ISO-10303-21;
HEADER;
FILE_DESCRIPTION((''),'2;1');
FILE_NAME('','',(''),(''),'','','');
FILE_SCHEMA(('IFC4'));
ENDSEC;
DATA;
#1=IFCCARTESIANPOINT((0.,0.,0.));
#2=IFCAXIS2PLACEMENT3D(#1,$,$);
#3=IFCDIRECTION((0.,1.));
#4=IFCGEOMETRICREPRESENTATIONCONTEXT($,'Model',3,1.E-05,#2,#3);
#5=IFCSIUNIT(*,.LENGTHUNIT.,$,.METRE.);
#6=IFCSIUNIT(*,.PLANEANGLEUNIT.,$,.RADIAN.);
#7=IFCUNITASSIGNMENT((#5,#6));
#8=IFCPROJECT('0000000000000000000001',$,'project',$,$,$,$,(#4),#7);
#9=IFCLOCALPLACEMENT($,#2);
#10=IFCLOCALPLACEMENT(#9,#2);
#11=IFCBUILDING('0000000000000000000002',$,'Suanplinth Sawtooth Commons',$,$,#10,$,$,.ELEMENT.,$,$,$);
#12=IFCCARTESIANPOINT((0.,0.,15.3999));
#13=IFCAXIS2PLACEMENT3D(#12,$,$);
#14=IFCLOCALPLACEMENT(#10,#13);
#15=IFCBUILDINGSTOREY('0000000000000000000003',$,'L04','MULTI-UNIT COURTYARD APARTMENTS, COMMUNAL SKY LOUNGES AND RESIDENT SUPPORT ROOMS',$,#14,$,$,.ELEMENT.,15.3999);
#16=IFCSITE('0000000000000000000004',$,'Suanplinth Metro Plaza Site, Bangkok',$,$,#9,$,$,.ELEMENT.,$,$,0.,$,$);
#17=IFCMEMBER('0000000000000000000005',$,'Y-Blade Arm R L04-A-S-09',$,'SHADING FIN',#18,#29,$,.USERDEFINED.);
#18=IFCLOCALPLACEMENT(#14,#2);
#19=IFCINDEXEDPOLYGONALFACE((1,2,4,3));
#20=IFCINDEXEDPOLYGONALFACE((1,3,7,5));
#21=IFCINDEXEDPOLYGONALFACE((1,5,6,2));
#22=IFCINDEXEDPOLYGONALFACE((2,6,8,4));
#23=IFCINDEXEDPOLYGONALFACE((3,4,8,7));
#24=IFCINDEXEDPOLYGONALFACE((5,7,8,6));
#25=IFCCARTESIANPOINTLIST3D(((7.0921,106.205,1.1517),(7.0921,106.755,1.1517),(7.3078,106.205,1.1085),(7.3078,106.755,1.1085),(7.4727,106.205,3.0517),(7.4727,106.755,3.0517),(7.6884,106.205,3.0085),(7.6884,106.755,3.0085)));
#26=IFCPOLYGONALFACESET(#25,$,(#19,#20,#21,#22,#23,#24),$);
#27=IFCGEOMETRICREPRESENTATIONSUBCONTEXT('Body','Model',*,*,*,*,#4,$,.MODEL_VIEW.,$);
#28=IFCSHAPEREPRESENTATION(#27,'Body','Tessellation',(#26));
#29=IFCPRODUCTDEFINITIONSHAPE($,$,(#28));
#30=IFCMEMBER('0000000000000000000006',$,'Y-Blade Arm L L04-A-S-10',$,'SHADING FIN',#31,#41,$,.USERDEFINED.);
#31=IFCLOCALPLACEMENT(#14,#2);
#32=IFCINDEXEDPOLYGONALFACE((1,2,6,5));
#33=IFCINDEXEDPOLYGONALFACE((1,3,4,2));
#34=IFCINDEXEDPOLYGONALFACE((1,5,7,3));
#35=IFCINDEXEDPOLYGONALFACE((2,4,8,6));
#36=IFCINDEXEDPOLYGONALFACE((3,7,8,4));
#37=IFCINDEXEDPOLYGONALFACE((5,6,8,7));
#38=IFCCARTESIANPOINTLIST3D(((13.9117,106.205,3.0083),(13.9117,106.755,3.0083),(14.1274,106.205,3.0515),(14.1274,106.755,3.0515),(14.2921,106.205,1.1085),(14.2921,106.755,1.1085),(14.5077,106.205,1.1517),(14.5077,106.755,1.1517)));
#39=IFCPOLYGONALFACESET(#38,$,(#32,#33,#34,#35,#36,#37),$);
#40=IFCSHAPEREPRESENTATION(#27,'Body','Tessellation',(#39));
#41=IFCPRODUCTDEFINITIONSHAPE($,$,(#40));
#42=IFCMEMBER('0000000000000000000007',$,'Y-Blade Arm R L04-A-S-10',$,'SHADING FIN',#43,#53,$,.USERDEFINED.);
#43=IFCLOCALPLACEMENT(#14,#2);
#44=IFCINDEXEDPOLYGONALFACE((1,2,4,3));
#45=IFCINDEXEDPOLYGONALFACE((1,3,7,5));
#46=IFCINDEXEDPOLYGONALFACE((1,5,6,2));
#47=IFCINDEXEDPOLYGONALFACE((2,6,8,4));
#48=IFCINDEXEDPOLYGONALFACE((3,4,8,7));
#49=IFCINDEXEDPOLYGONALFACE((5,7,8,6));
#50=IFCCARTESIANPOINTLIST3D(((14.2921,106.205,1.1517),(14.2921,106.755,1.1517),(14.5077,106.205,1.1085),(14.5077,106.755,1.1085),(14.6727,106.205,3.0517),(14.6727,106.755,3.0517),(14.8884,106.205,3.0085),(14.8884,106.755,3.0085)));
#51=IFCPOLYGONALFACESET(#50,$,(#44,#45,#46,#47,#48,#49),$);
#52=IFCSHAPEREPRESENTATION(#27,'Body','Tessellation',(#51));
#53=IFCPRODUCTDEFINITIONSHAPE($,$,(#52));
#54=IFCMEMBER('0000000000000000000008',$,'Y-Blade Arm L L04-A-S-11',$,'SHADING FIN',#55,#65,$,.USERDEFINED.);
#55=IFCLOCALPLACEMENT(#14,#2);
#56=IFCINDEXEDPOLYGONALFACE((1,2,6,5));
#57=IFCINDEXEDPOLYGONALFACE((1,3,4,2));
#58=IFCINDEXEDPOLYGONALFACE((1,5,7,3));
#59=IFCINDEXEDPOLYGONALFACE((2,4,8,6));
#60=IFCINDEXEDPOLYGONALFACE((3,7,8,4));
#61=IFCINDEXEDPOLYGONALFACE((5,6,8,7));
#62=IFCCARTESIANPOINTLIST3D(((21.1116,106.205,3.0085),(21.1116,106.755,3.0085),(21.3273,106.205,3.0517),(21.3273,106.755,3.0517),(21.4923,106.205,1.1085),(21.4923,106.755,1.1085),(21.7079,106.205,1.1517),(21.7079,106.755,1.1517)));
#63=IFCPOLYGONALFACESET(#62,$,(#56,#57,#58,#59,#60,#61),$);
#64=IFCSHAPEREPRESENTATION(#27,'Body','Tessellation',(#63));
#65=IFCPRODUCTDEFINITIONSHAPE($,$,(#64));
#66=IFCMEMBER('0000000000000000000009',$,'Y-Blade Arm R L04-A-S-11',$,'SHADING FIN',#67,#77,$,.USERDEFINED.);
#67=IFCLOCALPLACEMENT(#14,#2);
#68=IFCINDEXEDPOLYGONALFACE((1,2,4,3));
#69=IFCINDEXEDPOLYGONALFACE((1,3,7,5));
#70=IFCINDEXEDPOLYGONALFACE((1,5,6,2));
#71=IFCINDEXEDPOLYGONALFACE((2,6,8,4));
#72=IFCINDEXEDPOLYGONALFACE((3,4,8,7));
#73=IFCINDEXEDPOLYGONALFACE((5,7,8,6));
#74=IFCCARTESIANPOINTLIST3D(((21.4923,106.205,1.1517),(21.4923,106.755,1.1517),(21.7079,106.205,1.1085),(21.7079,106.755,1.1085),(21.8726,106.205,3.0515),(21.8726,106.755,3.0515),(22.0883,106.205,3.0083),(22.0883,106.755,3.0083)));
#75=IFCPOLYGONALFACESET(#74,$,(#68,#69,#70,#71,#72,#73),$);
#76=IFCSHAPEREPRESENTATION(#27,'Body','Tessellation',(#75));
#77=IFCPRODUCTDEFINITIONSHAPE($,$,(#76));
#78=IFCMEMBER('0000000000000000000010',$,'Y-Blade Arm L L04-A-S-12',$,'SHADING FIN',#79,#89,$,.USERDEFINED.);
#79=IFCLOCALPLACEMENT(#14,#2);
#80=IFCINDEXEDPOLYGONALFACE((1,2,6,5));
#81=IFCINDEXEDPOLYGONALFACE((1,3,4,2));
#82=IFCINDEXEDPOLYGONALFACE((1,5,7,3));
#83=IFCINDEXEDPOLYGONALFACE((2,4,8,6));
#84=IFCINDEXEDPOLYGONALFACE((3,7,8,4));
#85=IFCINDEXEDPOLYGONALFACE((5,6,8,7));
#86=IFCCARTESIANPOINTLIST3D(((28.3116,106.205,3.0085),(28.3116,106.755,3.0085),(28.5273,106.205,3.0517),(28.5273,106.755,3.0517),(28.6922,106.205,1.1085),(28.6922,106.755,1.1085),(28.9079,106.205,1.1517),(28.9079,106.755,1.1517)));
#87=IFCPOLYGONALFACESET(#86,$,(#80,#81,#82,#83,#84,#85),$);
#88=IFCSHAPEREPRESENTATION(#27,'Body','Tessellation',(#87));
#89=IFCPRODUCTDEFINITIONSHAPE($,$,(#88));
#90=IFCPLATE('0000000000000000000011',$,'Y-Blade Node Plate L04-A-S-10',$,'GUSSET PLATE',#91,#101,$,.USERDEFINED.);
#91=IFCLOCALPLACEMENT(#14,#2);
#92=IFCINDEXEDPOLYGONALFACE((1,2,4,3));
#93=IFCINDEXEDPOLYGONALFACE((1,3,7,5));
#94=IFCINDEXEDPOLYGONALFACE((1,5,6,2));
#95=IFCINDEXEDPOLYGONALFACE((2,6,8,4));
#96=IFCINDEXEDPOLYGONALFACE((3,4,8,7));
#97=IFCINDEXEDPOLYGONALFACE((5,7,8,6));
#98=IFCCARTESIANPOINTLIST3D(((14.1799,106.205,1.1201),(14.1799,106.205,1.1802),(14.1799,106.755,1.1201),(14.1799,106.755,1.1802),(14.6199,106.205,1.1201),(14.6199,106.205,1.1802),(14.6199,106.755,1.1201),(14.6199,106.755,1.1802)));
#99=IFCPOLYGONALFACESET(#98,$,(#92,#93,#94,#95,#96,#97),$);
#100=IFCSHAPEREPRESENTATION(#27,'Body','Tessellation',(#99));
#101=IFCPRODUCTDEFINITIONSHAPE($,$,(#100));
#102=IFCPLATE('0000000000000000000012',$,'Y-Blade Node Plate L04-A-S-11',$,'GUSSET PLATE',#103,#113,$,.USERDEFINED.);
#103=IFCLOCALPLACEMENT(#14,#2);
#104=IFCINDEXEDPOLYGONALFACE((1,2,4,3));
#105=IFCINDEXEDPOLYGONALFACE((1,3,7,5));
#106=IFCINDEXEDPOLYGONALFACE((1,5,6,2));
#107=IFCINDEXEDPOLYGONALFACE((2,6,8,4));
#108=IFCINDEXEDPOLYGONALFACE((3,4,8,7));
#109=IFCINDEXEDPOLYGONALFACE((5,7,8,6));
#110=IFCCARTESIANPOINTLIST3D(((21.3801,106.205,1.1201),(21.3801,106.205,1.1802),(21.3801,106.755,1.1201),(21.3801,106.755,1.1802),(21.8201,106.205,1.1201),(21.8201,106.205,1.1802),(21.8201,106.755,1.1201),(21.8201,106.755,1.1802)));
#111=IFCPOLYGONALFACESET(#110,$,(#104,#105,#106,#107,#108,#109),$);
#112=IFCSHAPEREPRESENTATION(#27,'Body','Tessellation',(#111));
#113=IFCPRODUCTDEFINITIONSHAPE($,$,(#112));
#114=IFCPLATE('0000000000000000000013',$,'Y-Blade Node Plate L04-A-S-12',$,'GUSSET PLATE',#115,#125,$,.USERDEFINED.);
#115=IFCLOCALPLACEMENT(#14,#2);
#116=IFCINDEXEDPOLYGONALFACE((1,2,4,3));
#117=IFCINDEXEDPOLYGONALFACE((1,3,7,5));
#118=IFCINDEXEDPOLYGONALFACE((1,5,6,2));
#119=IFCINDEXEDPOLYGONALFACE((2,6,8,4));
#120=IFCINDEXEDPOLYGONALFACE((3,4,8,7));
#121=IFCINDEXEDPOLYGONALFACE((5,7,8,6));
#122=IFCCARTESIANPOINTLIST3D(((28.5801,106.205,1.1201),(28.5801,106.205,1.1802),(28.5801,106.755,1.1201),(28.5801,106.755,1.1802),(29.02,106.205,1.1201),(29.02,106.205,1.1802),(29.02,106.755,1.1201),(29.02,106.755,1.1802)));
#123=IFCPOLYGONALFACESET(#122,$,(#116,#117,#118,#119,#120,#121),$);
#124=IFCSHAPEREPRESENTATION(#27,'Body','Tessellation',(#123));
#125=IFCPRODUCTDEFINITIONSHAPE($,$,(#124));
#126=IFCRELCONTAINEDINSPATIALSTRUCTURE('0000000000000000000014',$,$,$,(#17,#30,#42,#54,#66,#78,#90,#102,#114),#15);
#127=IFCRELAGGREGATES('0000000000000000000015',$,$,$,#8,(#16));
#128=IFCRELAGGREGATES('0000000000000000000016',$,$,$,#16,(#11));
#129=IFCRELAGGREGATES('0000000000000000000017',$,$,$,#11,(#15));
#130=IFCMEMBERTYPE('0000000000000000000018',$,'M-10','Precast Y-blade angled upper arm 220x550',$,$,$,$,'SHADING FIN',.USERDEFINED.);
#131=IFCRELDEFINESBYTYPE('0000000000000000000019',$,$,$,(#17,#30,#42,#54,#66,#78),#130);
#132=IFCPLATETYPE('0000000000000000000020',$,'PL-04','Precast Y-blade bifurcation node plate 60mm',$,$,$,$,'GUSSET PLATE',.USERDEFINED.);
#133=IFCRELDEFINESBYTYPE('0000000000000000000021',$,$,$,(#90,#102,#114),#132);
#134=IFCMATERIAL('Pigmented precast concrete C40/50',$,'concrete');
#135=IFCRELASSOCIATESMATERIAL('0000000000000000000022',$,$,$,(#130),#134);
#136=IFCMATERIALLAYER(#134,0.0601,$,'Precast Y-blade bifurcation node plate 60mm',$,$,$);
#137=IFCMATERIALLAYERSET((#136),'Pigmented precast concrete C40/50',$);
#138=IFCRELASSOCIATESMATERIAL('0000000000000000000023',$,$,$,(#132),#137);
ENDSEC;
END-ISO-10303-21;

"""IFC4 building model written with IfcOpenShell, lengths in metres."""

from ifc_helpers import new_model, si_unit, direction, frame, origin, origin_2d, place, context, subcontext, project, spatial, rectangle, extrude, material, layer, layer_set, material_profile, profile_set, type_object, element, save


model = new_model("IFC4")

# Units and contexts
model_context = context("Model", 3, precision=1e-05, world=origin(), true_north=direction((0.0, 1.0)))
body_context = subcontext(model_context, "Body", "Model", "MODEL_VIEW")
ifc_project = project(units=[si_unit("LENGTHUNIT", "METRE"), si_unit("PLANEANGLEUNIT", "RADIAN")], contexts=[model_context])

# Site, building, storey
site_placement = place(None, origin())
site = spatial("IfcSite", under=ifc_project, at=site_placement, Name="Suanplinth Metro Plaza Site, Bangkok", CompositionType="ELEMENT", RefElevation=0.0)
building_placement = place(site_placement, origin())
building = spatial("IfcBuilding", under=site, at=building_placement, Name="Suanplinth Sawtooth Commons", CompositionType="ELEMENT")
storey_placement = place(building_placement, frame((0.0, 0.0, 15.3999)))
storey = spatial("IfcBuildingStorey", under=building, at=storey_placement, Name="L04", Description="MULTI-UNIT COURTYARD APARTMENTS, COMMUNAL SKY LOUNGES AND RESIDENT SUPPORT ROOMS", CompositionType="ELEMENT", Elevation=15.3999)

# Members
ifc_material_1 = material(Name="Pigmented precast concrete C40/50", Category="concrete")
ifc_material_profile_1 = material_profile(ifc_material_1, rectangle(XDim=0.22, YDim=0.55, at=origin_2d()), Name="PC-FIN 220x550")
ifc_profile_set_1 = profile_set([ifc_material_profile_1], Name="Pigmented precast concrete C40/50")
member_type_1 = type_object("IfcMemberType", Name="M-10", Description="Precast Y-blade angled upper arm 220x550", ElementType="SHADING FIN", PredefinedType="USERDEFINED", material=ifc_profile_set_1)
member_1_placement = place(storey_placement, frame((7.2, 106.48, 1.1301), z_axis=(0.196431, 0.0, 0.980518), x_axis=(-0.980518, 0.0, 0.196431)))
element("IfcMember", 1, at=member_1_placement, inside=storey, type_object=member_type_1, Name="Y-Blade Arm R L04-A-S-09", ObjectType="SHADING FIN", PredefinedType="USERDEFINED", context=body_context, shape_type="SweptSolid", body=[
    extrude(rectangle(XDim=0.22, YDim=0.55, at=origin_2d()), origin(), (0.0, 0.0, 1.0), 1.9377),
])
member_2_placement = place(storey_placement, frame((14.3999, 106.48, 1.1301), z_axis=(-0.19631, 0.0, 0.980542), x_axis=(0.980542, 0.0, 0.19631)))
element("IfcMember", 2, at=member_2_placement, inside=storey, type_object=member_type_1, Name="Y-Blade Arm L L04-A-S-10", ObjectType="SHADING FIN", PredefinedType="USERDEFINED", context=body_context, shape_type="SweptSolid", body=[
    extrude(rectangle(XDim=0.22, YDim=0.55, at=origin_2d()), origin(), (0.0, 0.0, 1.0), 1.9375),
])
for number, where, z_axis, x_axis, name in (
    (3, (14.3999, 106.48, 1.1301), (0.196431, 0.0, 0.980518), (-0.980518, 0.0, 0.196431), "Y-Blade Arm R L04-A-S-10"),
    (4, (21.6001, 106.48, 1.1301), (-0.196431, 0.0, 0.980518), (0.980518, 0.0, 0.196431), "Y-Blade Arm L L04-A-S-11"),
):
    element("IfcMember", number, at=place(storey_placement, frame(where, z_axis=z_axis, x_axis=x_axis)), inside=storey, type_object=member_type_1, Name=name, ObjectType="SHADING FIN", PredefinedType="USERDEFINED", context=body_context, shape_type="SweptSolid", body=[
        extrude(rectangle(XDim=0.22, YDim=0.55, at=origin_2d()), origin(), (0.0, 0.0, 1.0), 1.9377),
    ])
member_3_placement = place(storey_placement, frame((21.6001, 106.48, 1.1301), z_axis=(0.19631, 0.0, 0.980542), x_axis=(-0.980542, 0.0, 0.19631)))
element("IfcMember", 5, at=member_3_placement, inside=storey, type_object=member_type_1, Name="Y-Blade Arm R L04-A-S-11", ObjectType="SHADING FIN", PredefinedType="USERDEFINED", context=body_context, shape_type="SweptSolid", body=[
    extrude(rectangle(XDim=0.22, YDim=0.55, at=origin_2d()), origin(), (0.0, 0.0, 1.0), 1.9375),
])
member_4_placement = place(storey_placement, frame((28.8, 106.48, 1.1301), z_axis=(-0.196431, 0.0, 0.980518), x_axis=(0.980518, 0.0, 0.196431)))
element("IfcMember", 6, at=member_4_placement, inside=storey, type_object=member_type_1, Name="Y-Blade Arm L L04-A-S-12", ObjectType="SHADING FIN", PredefinedType="USERDEFINED", context=body_context, shape_type="SweptSolid", body=[
    extrude(rectangle(XDim=0.22, YDim=0.55, at=origin_2d()), origin(), (0.0, 0.0, 1.0), 1.9377),
])

# Plates
ifc_layer_1 = layer(ifc_material_1, 0.0601, Name="Precast Y-blade bifurcation node plate 60mm")
ifc_layer_set_1 = layer_set([ifc_layer_1], Name="Pigmented precast concrete C40/50")
plate_type = type_object("IfcPlateType", Name="PL-04", Description="Precast Y-blade bifurcation node plate 60mm", ElementType="GUSSET PLATE", PredefinedType="USERDEFINED", material=ifc_layer_set_1)
for number, where, z_axis, x_axis, name in (
    (7, (14.3999, 106.48, 1.1201), (0.0, 0.0, 1.0), (1.0, 0.0, 0.0), "Y-Blade Node Plate L04-A-S-10"),
    (8, (21.6001, 106.48, 1.1201), (0.0, 0.0, 1.0), (1.0, 0.0, 0.0), "Y-Blade Node Plate L04-A-S-11"),
    (9, (28.8, 106.48, 1.1201), (0.0, 0.0, 1.0), (1.0, 0.0, 0.0), "Y-Blade Node Plate L04-A-S-12"),
):
    element("IfcPlate", number, at=place(storey_placement, frame(where, z_axis=z_axis, x_axis=x_axis)), inside=storey, type_object=plate_type, Name=name, ObjectType="GUSSET PLATE", PredefinedType="USERDEFINED", context=body_context, shape_type="SweptSolid", body=[
        extrude(rectangle(XDim=0.4399, YDim=0.55, at=origin_2d()), origin(), (0.0, 0.0, 1.0), 0.0601),
    ])

save(model, "model.ifc")
